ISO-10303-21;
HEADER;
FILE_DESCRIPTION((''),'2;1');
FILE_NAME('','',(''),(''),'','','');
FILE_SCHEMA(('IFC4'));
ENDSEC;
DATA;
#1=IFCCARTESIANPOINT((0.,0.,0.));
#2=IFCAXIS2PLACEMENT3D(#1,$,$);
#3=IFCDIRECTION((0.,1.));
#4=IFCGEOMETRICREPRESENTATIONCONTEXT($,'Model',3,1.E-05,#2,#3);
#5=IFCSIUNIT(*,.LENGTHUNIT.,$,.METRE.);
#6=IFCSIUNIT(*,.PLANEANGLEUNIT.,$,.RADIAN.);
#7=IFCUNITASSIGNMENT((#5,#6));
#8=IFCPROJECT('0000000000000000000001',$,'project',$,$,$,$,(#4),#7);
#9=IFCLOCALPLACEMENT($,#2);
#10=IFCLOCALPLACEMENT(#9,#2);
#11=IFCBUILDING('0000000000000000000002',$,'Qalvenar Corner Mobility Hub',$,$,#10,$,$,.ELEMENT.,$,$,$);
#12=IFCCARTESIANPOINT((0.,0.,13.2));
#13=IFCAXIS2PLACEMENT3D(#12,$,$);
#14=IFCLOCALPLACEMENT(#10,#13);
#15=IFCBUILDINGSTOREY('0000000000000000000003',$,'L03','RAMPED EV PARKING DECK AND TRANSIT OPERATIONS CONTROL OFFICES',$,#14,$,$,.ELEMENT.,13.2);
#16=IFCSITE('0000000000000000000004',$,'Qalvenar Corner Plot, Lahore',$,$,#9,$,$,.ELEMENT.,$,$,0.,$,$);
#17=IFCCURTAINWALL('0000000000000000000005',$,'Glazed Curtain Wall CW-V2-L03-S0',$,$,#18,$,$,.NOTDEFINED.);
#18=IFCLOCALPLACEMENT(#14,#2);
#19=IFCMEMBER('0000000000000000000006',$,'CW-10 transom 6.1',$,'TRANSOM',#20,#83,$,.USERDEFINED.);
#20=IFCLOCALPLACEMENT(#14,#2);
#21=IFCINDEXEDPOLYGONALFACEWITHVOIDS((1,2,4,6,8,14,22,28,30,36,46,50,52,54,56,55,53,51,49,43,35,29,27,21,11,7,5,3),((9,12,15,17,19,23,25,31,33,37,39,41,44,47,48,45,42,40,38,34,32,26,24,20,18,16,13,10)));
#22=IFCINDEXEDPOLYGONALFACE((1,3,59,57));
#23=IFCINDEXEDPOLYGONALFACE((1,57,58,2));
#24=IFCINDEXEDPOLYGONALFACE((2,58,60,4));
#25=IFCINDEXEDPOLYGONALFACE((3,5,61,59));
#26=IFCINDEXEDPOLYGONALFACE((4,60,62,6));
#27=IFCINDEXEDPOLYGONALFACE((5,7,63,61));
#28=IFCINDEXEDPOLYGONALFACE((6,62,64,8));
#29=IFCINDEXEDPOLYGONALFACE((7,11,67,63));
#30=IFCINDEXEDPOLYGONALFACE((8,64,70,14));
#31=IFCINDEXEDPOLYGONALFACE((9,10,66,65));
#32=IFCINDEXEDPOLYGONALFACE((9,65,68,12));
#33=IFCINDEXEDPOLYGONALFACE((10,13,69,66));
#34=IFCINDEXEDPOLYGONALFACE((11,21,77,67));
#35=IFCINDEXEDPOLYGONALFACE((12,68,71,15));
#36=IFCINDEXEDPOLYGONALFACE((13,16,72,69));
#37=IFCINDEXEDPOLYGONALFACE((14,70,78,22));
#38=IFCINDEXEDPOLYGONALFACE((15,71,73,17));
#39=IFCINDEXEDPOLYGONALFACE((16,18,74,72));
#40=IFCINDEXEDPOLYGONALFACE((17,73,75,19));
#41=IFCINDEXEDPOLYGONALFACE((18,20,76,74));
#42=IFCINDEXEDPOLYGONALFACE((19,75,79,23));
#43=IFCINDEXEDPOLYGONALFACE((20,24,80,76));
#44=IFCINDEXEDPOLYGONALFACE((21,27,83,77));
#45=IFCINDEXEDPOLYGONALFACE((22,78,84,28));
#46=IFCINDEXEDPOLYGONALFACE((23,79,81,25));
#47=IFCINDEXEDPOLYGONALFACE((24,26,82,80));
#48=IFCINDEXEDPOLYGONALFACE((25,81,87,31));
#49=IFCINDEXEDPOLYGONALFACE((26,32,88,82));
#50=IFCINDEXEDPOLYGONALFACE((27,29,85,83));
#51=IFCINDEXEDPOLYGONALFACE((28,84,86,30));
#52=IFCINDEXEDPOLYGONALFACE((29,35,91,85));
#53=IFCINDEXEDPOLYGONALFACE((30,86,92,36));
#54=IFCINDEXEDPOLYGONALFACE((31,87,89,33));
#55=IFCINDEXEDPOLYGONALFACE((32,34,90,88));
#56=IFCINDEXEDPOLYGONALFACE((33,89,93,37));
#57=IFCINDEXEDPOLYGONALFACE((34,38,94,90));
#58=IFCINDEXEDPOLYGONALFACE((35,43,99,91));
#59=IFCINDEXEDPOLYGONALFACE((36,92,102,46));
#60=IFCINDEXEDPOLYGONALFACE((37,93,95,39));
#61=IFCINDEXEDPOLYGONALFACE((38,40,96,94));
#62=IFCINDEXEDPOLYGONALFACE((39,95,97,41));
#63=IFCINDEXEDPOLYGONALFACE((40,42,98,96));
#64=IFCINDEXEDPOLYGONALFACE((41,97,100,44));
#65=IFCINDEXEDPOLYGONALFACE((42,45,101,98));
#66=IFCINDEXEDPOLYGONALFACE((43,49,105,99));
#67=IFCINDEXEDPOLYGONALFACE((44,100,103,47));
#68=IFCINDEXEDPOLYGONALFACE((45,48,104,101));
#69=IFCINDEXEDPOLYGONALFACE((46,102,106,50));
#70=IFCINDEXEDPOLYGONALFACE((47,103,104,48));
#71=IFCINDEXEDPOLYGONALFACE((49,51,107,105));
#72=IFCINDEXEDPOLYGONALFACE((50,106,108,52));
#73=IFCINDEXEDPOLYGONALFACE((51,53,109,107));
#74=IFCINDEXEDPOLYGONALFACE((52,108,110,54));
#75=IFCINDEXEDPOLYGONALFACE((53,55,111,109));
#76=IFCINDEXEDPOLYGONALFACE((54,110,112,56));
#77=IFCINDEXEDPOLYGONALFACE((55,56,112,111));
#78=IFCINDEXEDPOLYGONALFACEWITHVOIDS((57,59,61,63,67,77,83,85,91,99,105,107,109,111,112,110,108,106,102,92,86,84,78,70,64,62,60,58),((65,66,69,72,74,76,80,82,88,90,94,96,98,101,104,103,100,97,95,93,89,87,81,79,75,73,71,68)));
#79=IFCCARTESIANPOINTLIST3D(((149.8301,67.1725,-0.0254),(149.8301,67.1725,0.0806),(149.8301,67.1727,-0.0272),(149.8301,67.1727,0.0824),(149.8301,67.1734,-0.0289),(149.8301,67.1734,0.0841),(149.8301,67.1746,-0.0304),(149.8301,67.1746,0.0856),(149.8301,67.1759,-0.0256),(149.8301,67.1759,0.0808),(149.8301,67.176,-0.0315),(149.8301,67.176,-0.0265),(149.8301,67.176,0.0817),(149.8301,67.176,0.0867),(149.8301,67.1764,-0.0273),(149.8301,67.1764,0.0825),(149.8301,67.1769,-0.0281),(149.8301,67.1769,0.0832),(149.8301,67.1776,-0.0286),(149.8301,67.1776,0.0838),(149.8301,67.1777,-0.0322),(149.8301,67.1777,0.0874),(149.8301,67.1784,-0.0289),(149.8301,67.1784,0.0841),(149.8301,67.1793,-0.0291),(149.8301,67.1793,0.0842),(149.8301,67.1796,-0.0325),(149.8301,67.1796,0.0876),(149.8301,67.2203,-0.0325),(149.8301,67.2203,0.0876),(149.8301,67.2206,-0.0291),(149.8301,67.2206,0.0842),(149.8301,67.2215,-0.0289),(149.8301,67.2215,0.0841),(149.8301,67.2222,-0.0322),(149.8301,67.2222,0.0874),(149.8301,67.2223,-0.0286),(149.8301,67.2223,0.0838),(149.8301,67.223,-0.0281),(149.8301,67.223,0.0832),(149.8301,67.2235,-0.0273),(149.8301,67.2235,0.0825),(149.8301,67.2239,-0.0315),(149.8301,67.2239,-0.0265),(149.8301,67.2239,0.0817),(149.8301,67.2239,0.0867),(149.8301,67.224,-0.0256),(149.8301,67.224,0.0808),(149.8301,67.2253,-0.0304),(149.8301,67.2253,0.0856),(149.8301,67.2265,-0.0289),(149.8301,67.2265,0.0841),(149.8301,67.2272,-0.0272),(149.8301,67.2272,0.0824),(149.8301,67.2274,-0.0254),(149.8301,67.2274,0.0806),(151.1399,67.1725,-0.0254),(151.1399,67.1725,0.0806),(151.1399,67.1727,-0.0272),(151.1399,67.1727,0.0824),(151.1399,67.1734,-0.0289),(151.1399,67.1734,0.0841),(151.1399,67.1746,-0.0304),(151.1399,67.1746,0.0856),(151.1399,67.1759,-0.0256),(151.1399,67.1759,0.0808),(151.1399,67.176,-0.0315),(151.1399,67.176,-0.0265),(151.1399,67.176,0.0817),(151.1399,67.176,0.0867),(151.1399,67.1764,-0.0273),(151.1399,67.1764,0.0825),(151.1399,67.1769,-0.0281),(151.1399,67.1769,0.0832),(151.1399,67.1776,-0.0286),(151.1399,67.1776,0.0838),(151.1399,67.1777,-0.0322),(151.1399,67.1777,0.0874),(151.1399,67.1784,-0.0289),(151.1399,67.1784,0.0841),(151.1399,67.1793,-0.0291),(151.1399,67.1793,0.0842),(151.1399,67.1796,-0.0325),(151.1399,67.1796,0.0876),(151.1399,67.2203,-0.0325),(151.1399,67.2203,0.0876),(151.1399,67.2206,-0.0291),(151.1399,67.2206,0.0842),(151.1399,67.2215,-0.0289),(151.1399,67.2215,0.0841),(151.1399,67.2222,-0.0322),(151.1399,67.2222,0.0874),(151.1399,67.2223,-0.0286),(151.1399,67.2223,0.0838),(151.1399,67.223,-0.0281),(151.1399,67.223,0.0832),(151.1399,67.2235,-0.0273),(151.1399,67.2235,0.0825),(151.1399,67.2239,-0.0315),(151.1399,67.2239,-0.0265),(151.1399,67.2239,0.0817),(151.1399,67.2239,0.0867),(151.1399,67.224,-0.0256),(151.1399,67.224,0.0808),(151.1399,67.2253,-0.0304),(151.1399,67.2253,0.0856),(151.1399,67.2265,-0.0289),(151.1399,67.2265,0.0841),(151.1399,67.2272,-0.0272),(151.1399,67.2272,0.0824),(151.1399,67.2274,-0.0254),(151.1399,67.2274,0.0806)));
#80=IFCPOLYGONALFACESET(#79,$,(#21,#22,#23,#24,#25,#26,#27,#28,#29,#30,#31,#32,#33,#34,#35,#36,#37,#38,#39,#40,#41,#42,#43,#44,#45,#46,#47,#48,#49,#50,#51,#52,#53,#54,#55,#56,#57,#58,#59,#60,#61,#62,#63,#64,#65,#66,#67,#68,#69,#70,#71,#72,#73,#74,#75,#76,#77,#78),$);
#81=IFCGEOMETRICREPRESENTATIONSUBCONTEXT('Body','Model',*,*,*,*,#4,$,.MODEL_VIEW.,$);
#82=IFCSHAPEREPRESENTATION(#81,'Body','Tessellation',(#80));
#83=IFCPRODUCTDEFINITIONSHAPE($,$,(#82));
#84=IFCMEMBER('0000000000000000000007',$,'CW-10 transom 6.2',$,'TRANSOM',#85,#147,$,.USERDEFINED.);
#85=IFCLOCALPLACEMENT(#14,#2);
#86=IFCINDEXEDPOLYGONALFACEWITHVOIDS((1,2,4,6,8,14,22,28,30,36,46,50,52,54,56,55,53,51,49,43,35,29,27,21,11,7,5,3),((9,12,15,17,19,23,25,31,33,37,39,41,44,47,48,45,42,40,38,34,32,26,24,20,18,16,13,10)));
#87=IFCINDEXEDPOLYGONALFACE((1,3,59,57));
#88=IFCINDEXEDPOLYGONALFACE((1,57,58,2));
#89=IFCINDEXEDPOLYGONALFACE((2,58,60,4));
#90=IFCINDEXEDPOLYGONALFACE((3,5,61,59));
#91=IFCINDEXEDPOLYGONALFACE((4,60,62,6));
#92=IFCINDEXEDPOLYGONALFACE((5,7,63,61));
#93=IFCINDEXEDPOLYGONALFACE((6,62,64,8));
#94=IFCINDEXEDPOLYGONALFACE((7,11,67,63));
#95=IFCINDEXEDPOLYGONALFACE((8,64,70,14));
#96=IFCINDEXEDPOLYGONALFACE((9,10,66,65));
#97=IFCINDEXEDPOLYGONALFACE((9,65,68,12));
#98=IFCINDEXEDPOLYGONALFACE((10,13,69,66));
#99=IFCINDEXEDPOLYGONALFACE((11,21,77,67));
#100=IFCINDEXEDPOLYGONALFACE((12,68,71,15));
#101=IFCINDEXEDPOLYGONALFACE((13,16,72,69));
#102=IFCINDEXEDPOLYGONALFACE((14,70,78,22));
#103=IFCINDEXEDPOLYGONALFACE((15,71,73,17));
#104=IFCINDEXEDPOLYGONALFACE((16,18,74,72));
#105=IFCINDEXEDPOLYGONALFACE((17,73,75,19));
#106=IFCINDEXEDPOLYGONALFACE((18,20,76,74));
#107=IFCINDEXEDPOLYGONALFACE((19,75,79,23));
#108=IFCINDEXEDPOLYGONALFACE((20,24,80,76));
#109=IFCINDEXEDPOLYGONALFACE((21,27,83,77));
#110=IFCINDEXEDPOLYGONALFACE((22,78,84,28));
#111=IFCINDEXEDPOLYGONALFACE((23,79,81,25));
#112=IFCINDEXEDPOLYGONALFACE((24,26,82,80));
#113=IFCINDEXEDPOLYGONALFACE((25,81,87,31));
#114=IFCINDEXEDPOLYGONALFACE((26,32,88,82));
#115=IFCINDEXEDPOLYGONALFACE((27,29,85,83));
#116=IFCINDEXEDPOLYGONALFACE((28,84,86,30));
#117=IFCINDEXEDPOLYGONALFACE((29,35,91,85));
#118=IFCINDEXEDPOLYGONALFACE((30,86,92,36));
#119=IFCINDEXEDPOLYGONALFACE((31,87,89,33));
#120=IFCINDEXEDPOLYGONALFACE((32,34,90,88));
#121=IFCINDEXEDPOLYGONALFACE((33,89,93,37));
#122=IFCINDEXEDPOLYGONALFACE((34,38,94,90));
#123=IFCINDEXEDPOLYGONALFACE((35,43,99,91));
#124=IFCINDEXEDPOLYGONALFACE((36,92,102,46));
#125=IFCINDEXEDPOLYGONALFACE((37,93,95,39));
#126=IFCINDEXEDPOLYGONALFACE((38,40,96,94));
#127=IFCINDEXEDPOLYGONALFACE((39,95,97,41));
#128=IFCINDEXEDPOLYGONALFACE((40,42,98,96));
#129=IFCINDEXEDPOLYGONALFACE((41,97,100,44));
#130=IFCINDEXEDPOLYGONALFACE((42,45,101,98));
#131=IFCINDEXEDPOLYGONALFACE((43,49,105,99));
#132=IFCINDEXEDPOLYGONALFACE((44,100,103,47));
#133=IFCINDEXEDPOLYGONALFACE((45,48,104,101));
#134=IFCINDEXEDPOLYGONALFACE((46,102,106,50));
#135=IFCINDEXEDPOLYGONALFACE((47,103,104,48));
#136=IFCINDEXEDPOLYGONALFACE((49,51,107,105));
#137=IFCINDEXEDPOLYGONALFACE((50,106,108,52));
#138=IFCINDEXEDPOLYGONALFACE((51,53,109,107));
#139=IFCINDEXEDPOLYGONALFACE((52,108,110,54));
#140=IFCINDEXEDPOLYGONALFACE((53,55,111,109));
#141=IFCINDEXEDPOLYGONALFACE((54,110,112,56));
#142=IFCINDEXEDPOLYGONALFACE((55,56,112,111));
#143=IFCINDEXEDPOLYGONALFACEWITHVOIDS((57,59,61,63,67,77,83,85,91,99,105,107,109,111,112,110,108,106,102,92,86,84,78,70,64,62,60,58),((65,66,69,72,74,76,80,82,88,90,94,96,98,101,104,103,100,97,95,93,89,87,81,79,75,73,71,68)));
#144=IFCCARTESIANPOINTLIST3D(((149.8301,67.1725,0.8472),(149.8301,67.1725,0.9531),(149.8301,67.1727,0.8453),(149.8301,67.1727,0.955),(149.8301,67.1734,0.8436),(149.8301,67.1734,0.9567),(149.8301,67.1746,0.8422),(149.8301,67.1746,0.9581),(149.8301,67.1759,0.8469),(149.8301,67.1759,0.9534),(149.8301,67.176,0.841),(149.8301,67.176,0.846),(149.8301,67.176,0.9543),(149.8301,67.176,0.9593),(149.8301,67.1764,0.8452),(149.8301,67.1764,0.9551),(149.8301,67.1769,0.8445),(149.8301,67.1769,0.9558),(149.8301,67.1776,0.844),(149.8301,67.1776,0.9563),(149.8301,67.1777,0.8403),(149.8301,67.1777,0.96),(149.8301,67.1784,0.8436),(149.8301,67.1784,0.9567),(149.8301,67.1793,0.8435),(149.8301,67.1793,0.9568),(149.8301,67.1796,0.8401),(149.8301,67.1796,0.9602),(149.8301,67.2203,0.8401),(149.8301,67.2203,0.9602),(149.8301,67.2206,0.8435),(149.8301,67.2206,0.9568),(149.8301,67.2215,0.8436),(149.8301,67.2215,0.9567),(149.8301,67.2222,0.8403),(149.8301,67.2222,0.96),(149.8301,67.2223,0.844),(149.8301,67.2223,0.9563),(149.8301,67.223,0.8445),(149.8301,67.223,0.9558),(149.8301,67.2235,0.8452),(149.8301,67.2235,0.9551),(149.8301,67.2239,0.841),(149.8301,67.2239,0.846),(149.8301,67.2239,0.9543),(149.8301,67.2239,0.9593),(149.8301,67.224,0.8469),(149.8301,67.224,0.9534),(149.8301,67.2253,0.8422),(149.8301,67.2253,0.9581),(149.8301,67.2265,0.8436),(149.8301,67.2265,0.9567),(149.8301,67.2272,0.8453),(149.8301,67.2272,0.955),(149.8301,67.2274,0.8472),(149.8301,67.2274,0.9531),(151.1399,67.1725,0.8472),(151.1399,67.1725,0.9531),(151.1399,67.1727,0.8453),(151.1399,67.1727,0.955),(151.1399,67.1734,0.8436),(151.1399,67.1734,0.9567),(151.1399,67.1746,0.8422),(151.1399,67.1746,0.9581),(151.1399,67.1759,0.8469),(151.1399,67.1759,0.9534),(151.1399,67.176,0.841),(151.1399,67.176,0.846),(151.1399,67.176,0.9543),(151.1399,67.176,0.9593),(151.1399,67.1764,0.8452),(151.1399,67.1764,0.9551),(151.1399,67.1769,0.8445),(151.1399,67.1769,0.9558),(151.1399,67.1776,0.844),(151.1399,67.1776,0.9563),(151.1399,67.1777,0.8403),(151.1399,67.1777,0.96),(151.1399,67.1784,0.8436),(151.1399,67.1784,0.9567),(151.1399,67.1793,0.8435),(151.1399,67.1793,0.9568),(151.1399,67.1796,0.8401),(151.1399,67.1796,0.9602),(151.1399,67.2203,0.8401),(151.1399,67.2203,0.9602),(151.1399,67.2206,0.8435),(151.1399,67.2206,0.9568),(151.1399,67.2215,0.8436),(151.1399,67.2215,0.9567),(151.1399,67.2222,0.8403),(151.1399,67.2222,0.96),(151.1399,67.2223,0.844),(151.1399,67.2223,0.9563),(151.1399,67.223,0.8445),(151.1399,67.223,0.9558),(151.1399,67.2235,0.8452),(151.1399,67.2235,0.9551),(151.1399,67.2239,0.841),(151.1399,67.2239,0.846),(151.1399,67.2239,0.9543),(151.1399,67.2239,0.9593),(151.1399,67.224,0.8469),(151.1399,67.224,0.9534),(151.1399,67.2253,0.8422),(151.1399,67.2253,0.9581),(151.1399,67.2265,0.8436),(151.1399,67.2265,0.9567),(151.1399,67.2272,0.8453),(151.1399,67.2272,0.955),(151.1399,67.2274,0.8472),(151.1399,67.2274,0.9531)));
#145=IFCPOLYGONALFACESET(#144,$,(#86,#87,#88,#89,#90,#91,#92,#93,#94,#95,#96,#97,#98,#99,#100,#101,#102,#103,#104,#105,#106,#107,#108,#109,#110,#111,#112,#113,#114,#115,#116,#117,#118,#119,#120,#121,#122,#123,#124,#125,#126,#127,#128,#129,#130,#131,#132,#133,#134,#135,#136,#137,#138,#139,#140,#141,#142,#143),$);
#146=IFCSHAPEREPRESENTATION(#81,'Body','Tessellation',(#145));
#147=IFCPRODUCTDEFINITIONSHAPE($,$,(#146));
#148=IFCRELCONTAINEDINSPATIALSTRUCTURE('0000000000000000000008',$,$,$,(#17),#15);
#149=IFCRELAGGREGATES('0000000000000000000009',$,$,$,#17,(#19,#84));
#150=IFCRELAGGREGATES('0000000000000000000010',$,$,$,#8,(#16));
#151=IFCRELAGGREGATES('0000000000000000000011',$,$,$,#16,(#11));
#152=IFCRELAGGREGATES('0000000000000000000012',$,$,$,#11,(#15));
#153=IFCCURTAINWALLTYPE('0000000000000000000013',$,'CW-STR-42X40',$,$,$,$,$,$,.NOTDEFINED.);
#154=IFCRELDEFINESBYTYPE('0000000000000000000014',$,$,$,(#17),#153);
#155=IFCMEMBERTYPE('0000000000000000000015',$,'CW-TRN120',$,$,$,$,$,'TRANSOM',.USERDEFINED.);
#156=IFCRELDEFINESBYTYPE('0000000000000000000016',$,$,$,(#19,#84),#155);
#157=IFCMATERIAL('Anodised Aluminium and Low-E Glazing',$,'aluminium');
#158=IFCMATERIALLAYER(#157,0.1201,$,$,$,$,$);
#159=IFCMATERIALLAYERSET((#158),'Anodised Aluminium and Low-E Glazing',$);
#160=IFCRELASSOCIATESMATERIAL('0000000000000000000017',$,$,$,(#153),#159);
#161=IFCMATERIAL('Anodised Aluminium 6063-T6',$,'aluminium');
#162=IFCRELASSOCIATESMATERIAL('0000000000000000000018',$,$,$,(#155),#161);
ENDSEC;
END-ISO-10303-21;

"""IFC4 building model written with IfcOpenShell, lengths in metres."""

from ifc_helpers import new_model, si_unit, direction, frame, origin, origin_2d, place, context, subcontext, project, spatial, hollow_rectangle, extrude, material, layer, layer_set, material_profile, profile_set, type_object, element, aggregate, save


model = new_model("IFC4")

# Units and contexts
model_context = context("Model", 3, precision=1e-05, world=origin(), true_north=direction((0.0, 1.0)))
body_context = subcontext(model_context, "Body", "Model", "MODEL_VIEW")
ifc_project = project(units=[si_unit("LENGTHUNIT", "METRE"), si_unit("PLANEANGLEUNIT", "RADIAN")], contexts=[model_context])

# Site, building, storey
site_placement = place(None, origin())
site = spatial("IfcSite", under=ifc_project, at=site_placement, Name="Qalvenar Corner Plot, Lahore", CompositionType="ELEMENT", RefElevation=0.0)
building_placement = place(site_placement, origin())
building = spatial("IfcBuilding", under=site, at=building_placement, Name="Qalvenar Corner Mobility Hub", CompositionType="ELEMENT")
storey_placement = place(building_placement, frame((0.0, 0.0, 13.2)))
storey = spatial("IfcBuildingStorey", under=building, at=storey_placement, Name="L03", Description="RAMPED EV PARKING DECK AND TRANSIT OPERATIONS CONTROL OFFICES", CompositionType="ELEMENT", Elevation=13.2)

# Curtain wall
ifc_material_1 = material(Name="Anodised Aluminium and Low-E Glazing", Category="aluminium")
ifc_layer_1 = layer(ifc_material_1, 0.1201)
ifc_layer_set_1 = layer_set([ifc_layer_1], Name="Anodised Aluminium and Low-E Glazing")
curtain_wall_type = type_object("IfcCurtainWallType", Name="CW-STR-42X40", PredefinedType="NOTDEFINED", material=ifc_layer_set_1)
curtain_wall_1_placement = place(storey_placement, origin())
curtain_wall_1 = element("IfcCurtainWall", 1, at=curtain_wall_1_placement, inside=storey, type_object=curtain_wall_type, Name="Glazed Curtain Wall CW-V2-L03-S0", PredefinedType="NOTDEFINED")
ifc_material_2 = material(Name="Anodised Aluminium 6063-T6", Category="aluminium")

# Members
ifc_material_profile_1 = material_profile(ifc_material_2, hollow_rectangle(XDim=0.0549, YDim=0.1201, WallThickness=0.0034, InnerFilletRadius=0.0034, OuterFilletRadius=0.0071, at=origin_2d()), Name="RHS120x55x3.5")
ifc_profile_set_1 = profile_set([ifc_material_profile_1], Name="Anodised Aluminium 6063-T6")
member_type_1 = type_object("IfcMemberType", Name="CW-TRN120", ElementType="TRANSOM", PredefinedType="USERDEFINED", material=ifc_profile_set_1)
member_1_placement = place(storey_placement, frame((149.8301, 67.2, 0.0276), z_axis=(1.0, 0.0, 0.0), x_axis=(0.0, 1.0, 0.0)))
member_1 = element("IfcMember", 2, at=member_1_placement, type_object=member_type_1, Name="CW-10 transom 6.1", ObjectType="TRANSOM", PredefinedType="USERDEFINED", context=body_context, shape_type="SweptSolid", body=[
    extrude(hollow_rectangle(XDim=0.0549, YDim=0.1201, WallThickness=0.0034, InnerFilletRadius=0.0034, OuterFilletRadius=0.0071, at=origin_2d()), origin(), (0.0, 0.0, 1.0), 1.3098),
])
member_2_placement = place(storey_placement, frame((149.8301, 67.2, 0.9001), z_axis=(1.0, 0.0, 0.0), x_axis=(0.0, 1.0, 0.0)))
member_2 = element("IfcMember", 3, at=member_2_placement, type_object=member_type_1, Name="CW-10 transom 6.2", ObjectType="TRANSOM", PredefinedType="USERDEFINED", context=body_context, shape_type="SweptSolid", body=[
    extrude(hollow_rectangle(XDim=0.0549, YDim=0.1201, WallThickness=0.0034, InnerFilletRadius=0.0034, OuterFilletRadius=0.0071, at=origin_2d()), origin(), (0.0, 0.0, 1.0), 1.3098),
])

aggregate(curtain_wall_1, [member_1, member_2])

save(model, "model.ifc")
